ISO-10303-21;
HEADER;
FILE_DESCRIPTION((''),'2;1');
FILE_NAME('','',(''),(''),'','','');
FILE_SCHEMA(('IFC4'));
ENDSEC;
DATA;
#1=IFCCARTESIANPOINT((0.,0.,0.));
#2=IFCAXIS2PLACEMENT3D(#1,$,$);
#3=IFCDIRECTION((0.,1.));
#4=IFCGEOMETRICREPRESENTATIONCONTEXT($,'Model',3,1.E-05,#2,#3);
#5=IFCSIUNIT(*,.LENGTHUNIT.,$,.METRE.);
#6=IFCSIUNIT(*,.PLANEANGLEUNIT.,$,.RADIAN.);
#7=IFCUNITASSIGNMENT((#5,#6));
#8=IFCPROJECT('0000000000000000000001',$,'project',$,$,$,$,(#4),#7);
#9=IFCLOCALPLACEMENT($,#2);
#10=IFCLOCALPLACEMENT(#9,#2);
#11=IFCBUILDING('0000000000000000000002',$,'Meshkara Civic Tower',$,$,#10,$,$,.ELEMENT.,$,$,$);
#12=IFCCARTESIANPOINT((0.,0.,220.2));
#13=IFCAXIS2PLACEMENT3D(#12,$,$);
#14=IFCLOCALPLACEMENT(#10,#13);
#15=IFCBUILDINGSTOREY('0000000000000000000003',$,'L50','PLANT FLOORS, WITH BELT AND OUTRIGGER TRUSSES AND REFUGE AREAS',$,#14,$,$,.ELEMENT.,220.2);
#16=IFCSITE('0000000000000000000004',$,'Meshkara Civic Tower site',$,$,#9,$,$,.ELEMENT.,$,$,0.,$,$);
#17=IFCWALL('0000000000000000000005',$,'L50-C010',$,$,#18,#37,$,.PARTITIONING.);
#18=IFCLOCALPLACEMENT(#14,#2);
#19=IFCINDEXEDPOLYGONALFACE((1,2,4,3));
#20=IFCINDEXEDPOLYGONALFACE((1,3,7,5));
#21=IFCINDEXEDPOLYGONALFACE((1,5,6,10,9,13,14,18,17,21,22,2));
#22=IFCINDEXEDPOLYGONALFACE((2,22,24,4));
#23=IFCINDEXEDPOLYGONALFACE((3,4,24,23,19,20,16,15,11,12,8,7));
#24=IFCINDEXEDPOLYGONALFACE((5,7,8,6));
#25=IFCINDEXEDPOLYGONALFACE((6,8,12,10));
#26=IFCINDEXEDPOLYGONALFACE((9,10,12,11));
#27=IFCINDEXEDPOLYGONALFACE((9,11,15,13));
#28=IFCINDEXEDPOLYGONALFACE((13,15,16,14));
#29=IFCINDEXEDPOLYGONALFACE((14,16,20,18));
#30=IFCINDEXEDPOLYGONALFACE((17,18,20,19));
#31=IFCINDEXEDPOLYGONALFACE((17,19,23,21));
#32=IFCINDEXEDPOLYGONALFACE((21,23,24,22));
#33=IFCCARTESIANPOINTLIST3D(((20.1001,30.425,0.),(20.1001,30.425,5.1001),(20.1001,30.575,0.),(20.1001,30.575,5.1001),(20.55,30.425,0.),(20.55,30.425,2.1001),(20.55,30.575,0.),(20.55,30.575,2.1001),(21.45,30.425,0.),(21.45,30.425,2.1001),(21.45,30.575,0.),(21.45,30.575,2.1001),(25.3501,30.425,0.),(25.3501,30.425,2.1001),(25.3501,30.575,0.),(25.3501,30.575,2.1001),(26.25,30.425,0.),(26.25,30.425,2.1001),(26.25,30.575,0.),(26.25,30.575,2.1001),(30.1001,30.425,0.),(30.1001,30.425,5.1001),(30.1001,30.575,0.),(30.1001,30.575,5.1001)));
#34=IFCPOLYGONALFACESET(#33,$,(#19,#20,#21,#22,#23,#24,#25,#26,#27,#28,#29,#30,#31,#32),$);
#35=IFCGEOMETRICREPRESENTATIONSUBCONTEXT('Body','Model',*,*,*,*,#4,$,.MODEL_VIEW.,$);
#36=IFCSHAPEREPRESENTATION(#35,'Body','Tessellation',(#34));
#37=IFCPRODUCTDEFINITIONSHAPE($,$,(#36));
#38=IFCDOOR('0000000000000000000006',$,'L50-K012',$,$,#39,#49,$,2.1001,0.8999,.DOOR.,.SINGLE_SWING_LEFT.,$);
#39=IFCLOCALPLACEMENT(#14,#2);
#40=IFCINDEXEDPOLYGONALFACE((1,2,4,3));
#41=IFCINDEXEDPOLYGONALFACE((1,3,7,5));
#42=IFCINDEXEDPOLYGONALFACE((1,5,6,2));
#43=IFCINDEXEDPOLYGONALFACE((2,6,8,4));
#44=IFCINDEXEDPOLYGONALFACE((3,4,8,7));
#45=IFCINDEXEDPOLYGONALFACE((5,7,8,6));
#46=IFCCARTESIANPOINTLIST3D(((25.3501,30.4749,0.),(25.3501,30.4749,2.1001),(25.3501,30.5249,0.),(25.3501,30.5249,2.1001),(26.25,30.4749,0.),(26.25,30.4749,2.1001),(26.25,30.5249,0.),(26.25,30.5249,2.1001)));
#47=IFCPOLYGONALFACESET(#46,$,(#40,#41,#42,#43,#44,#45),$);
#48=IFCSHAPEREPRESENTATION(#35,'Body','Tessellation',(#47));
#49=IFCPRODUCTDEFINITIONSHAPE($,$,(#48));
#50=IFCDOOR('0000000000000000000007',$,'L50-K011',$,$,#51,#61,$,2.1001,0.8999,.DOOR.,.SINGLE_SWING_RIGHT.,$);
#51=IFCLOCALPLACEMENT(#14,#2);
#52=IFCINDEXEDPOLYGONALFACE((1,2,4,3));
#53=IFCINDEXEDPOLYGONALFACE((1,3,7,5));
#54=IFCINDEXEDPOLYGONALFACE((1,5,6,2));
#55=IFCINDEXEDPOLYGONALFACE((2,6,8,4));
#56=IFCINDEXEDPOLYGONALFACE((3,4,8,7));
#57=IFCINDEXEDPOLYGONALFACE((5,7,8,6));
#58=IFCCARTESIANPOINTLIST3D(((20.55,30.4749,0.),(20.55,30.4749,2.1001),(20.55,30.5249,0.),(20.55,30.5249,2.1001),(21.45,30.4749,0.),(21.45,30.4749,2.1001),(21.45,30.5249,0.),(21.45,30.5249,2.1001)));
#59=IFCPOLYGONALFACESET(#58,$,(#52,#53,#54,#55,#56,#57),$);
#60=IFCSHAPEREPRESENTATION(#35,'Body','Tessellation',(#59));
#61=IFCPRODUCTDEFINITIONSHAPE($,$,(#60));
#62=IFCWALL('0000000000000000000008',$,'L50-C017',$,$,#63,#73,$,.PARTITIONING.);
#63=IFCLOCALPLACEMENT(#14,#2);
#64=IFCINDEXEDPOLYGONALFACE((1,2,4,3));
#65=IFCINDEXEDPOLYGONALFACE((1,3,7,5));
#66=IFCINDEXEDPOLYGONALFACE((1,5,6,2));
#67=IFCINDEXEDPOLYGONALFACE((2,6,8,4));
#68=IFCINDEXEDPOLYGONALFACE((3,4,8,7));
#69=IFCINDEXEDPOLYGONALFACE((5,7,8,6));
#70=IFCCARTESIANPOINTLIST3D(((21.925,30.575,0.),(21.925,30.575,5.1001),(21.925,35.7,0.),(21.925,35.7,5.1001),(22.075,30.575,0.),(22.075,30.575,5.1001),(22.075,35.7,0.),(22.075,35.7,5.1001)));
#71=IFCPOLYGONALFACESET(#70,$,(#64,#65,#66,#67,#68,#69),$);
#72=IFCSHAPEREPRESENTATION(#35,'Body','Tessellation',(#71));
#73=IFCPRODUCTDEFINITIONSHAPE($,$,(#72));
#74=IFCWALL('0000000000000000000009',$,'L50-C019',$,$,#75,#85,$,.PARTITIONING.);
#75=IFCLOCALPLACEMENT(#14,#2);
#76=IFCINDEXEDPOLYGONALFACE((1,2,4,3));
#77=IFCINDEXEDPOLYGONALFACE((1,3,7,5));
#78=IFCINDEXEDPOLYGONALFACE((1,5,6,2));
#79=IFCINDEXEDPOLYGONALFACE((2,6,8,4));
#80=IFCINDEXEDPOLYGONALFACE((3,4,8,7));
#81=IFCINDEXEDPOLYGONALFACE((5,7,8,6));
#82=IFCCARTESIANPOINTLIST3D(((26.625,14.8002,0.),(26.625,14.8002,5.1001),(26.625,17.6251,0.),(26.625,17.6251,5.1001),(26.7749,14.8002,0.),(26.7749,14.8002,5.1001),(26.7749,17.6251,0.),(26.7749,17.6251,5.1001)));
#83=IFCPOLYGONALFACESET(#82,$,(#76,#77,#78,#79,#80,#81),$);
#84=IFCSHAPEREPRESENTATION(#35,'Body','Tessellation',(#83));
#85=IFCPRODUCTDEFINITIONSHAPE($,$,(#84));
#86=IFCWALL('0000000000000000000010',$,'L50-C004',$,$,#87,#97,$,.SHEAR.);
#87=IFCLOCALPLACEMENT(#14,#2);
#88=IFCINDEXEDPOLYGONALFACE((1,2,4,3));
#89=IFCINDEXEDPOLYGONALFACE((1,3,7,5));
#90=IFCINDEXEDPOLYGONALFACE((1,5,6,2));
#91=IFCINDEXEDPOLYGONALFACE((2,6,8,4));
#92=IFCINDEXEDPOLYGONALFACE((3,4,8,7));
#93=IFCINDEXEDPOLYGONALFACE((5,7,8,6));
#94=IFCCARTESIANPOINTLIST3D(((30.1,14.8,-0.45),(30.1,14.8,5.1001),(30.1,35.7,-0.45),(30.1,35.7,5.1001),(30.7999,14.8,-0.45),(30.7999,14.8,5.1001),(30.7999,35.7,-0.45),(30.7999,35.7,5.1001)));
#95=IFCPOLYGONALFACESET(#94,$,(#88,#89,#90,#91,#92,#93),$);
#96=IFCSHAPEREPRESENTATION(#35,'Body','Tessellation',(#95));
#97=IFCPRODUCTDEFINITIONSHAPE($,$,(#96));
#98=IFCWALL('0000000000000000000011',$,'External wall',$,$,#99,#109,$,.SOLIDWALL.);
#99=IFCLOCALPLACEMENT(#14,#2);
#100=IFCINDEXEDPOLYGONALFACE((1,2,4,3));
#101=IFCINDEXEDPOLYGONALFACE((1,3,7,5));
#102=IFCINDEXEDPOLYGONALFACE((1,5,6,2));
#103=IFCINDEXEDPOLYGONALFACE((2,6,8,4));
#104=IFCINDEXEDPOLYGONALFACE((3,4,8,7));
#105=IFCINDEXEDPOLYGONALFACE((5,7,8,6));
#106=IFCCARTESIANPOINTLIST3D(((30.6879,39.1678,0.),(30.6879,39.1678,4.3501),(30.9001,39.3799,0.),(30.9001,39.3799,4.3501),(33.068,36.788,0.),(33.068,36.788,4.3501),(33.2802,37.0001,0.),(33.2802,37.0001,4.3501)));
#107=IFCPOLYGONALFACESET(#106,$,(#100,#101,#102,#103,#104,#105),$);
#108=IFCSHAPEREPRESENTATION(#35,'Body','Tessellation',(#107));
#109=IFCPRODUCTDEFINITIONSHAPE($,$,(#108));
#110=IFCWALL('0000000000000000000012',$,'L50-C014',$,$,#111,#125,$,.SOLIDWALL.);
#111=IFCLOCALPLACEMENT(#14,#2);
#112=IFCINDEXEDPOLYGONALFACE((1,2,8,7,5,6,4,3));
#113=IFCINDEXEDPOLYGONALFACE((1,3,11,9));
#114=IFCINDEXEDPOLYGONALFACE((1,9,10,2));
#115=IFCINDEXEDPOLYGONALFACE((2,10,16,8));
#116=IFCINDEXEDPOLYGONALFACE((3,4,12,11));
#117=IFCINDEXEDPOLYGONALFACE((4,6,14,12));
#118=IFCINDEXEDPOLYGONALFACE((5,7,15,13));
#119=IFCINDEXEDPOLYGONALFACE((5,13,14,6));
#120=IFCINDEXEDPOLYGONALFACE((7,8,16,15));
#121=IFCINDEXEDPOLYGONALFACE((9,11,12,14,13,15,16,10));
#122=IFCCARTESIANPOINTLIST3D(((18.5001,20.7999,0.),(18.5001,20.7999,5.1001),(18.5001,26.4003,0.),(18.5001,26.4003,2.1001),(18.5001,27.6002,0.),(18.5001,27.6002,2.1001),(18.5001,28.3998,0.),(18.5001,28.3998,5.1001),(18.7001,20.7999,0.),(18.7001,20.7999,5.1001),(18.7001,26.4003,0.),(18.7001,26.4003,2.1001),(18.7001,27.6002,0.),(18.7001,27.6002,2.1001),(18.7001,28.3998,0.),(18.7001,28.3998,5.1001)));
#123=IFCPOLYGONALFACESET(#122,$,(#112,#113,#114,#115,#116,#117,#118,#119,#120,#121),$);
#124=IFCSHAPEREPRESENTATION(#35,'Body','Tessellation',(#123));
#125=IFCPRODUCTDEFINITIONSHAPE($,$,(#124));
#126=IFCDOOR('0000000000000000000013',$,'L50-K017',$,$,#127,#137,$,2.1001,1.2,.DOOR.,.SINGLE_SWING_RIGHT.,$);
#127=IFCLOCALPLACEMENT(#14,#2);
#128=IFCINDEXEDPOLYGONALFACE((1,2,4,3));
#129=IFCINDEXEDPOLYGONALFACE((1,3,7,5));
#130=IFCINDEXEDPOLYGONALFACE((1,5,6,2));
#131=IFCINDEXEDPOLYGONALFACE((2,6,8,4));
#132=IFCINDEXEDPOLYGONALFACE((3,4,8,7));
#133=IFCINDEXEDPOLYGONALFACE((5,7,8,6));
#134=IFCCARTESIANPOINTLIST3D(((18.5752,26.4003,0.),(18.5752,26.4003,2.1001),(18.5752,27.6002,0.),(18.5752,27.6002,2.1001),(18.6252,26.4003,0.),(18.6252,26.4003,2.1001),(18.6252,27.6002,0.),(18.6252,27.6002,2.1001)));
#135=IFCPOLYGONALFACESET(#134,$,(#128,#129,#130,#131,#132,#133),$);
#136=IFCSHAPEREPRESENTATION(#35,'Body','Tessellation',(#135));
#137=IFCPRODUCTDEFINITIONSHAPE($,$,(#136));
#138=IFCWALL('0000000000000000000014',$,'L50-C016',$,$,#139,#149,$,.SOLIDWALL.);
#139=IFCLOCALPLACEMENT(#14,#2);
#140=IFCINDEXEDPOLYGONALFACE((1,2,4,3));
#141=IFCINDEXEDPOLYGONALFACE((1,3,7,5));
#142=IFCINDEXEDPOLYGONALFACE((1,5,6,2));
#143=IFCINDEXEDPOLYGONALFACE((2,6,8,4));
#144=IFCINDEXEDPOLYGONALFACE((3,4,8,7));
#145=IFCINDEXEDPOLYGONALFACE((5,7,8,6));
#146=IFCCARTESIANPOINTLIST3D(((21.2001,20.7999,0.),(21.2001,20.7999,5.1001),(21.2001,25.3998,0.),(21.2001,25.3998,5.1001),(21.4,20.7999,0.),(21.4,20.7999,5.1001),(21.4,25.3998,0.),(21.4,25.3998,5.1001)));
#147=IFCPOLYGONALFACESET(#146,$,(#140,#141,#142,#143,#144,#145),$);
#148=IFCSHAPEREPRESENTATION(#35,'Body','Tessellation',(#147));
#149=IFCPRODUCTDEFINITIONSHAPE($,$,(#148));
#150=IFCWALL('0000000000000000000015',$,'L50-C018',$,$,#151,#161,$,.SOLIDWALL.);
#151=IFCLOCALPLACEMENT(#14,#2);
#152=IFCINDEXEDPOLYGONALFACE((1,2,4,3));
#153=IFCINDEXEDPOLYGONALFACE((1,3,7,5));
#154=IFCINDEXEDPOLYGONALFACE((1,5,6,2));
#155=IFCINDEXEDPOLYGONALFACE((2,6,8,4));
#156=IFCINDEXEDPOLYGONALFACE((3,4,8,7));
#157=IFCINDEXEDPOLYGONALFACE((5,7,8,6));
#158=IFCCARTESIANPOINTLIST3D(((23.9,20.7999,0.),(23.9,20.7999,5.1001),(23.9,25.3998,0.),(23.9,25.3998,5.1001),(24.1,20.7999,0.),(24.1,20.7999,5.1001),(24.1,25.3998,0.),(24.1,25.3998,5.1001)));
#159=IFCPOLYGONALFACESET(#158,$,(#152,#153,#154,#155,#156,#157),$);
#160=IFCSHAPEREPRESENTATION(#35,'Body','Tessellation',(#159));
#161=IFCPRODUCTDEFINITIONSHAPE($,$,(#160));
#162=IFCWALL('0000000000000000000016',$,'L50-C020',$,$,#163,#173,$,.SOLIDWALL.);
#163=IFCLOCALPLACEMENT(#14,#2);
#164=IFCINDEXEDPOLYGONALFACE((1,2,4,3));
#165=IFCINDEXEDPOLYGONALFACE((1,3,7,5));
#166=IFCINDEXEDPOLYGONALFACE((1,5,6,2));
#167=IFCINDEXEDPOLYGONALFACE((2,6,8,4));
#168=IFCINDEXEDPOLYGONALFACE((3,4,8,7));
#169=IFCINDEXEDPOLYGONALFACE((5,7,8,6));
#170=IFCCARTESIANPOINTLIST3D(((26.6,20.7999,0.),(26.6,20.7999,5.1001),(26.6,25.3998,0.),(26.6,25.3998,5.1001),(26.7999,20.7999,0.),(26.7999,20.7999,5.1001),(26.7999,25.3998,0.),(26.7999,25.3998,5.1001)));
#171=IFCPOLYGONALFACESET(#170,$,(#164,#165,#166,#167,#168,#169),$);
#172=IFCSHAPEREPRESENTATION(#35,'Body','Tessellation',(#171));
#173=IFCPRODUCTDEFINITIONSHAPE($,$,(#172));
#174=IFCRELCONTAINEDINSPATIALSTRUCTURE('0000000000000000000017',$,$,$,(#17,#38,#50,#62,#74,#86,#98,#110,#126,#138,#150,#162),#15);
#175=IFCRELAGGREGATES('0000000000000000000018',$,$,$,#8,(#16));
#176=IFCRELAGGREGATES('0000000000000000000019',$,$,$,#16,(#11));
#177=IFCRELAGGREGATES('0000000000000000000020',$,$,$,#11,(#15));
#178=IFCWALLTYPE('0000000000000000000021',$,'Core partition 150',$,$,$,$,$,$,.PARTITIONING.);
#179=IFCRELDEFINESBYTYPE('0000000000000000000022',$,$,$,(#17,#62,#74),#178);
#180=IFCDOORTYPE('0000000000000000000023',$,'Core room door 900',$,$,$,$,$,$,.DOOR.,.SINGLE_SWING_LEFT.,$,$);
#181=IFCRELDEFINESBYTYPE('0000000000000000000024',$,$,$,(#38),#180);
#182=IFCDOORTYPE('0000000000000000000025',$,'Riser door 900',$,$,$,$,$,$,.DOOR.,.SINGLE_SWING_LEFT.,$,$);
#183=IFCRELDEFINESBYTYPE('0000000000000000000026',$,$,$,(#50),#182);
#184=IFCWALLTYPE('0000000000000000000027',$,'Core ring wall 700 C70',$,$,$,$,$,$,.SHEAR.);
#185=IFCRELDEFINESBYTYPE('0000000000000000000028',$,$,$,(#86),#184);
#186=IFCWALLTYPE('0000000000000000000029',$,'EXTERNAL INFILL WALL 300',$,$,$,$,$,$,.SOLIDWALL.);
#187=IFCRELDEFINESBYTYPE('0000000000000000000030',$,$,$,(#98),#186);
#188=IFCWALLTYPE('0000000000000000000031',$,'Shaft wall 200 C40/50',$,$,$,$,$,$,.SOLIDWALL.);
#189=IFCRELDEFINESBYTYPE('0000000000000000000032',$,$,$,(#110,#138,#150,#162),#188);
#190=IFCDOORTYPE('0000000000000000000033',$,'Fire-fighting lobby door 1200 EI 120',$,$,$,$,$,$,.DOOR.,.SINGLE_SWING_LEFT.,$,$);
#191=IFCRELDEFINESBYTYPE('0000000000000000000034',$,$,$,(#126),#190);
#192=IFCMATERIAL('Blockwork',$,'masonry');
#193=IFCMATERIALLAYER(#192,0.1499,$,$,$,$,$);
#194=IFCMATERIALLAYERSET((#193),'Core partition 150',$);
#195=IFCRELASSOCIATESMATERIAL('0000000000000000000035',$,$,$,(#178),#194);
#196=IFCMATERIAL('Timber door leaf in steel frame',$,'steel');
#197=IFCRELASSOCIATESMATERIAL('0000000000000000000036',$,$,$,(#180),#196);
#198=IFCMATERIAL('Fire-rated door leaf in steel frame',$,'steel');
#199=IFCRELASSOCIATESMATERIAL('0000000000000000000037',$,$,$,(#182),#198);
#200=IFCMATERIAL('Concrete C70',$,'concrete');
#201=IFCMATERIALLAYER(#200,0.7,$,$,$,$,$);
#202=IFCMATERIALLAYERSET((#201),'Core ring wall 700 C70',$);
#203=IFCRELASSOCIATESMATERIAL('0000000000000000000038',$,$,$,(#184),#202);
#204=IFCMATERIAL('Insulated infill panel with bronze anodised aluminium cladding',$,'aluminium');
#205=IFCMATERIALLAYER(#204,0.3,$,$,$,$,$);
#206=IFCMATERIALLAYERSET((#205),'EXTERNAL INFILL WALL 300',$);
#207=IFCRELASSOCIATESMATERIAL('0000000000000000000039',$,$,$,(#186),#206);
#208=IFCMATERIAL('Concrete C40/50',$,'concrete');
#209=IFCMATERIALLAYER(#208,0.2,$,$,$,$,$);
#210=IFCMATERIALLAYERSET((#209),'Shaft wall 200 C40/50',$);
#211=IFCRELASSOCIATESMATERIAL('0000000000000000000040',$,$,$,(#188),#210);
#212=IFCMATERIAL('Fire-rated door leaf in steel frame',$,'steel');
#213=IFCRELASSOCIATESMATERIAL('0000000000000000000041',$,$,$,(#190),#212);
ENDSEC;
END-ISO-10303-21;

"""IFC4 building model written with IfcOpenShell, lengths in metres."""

from ifc_helpers import new_model, si_unit, direction, frame, frame_2d, origin, place, context, subcontext, project, spatial, rectangle, extrude, material, layer, layer_set, type_object, element, fill, save


model = new_model("IFC4")

# Units and contexts
model_context = context("Model", 3, precision=1e-05, world=origin(), true_north=direction((0.0, 1.0)))
body_context = subcontext(model_context, "Body", "Model", "MODEL_VIEW")
ifc_project = project(units=[si_unit("LENGTHUNIT", "METRE"), si_unit("PLANEANGLEUNIT", "RADIAN")], contexts=[model_context])

# Site, building, storey
site_placement = place(None, origin())
site = spatial("IfcSite", under=ifc_project, at=site_placement, Name="Meshkara Civic Tower site", CompositionType="ELEMENT", RefElevation=0.0)
building_placement = place(site_placement, origin())
building = spatial("IfcBuilding", under=site, at=building_placement, Name="Meshkara Civic Tower", CompositionType="ELEMENT")
storey_placement = place(building_placement, frame((0.0, 0.0, 220.2)))
storey = spatial("IfcBuildingStorey", under=building, at=storey_placement, Name="L50", Description="PLANT FLOORS, WITH BELT AND OUTRIGGER TRUSSES AND REFUGE AREAS", CompositionType="ELEMENT", Elevation=220.2)

# Wall, openings, doors
ifc_material_1 = material(Name="Blockwork", Category="masonry")
ifc_layer_1 = layer(ifc_material_1, 0.1499)
ifc_layer_set_1 = layer_set([ifc_layer_1], Name="Core partition 150")
wall_type_1 = type_object("IfcWallType", Name="Core partition 150", PredefinedType="PARTITIONING", material=ifc_layer_set_1)
wall_1_placement = place(storey_placement, frame((20.1001, 30.5, 0.0), z_axis=(0.0, 0.0, 1.0), x_axis=(1.0, 0.0, 0.0)))
wall_1 = element("IfcWall", 1, at=wall_1_placement, inside=storey, type_object=wall_type_1, Name="L50-C010", PredefinedType="PARTITIONING", context=body_context, shape_type="SweptSolid", body=[
    extrude(rectangle(XDim=10.0, YDim=0.1499, at=frame_2d((5.0, 0.0))), origin(), (0.0, 0.0, 1.0), 5.1001),
])
opening_1_placement = place(wall_1_placement, frame((0.45, 0.0, 0.0)))
opening_1 = element("IfcOpeningElement", 2, at=opening_1_placement, cuts=wall_1, PredefinedType="OPENING", context=body_context, shape_type="SweptSolid", body=[
    extrude(rectangle(XDim=0.8999, YDim=2.1001, at=frame_2d((0.45, 1.05))), frame((0.0, 0.085, 0.0), z_axis=(0.0, -1.0, 0.0), x_axis=(1.0, 0.0, 0.0)), (0.0, 0.0, 1.0), 0.1699),
])
opening_2_placement = place(wall_1_placement, frame((5.25, 0.0, 0.0)))
opening_2 = element("IfcOpeningElement", 3, at=opening_2_placement, cuts=wall_1, PredefinedType="OPENING", context=body_context, shape_type="SweptSolid", body=[
    extrude(rectangle(XDim=0.8999, YDim=2.1001, at=frame_2d((0.45, 1.05))), frame((0.0, 0.085, 0.0), z_axis=(0.0, -1.0, 0.0), x_axis=(1.0, 0.0, 0.0)), (0.0, 0.0, 1.0), 0.1699),
])
ifc_material_2 = material(Name="Timber door leaf in steel frame", Category="steel")
door_type_1 = type_object("IfcDoorType", Name="Core room door 900", OperationType="SINGLE_SWING_LEFT", PredefinedType="DOOR", material=ifc_material_2)
door_1_placement = place(opening_2_placement, origin())
door_1 = element("IfcDoor", 4, at=door_1_placement, inside=storey, type_object=door_type_1, Name="L50-K012", OperationType="SINGLE_SWING_LEFT", OverallHeight=2.1001, OverallWidth=0.8999, PredefinedType="DOOR", context=body_context, shape_type="SweptSolid", body=[
    extrude(rectangle(XDim=0.8999, YDim=2.1001, at=frame_2d((0.45, 1.05))), frame((0.0, 0.0249, 0.0), z_axis=(0.0, -1.0, 0.0), x_axis=(1.0, 0.0, 0.0)), (0.0, 0.0, 1.0), 0.05),
])
fill(opening_2, door_1)
ifc_material_3 = material(Name="Fire-rated door leaf in steel frame", Category="steel")
door_type_2 = type_object("IfcDoorType", Name="Riser door 900", OperationType="SINGLE_SWING_LEFT", PredefinedType="DOOR", material=ifc_material_3)
door_2_placement = place(opening_1_placement, origin())
door_2 = element("IfcDoor", 5, at=door_2_placement, inside=storey, type_object=door_type_2, Name="L50-K011", OperationType="SINGLE_SWING_RIGHT", OverallHeight=2.1001, OverallWidth=0.8999, PredefinedType="DOOR", context=body_context, shape_type="SweptSolid", body=[
    extrude(rectangle(XDim=0.8999, YDim=2.1001, at=frame_2d((0.45, 1.05))), frame((0.0, 0.0249, 0.0), z_axis=(0.0, -1.0, 0.0), x_axis=(1.0, 0.0, 0.0)), (0.0, 0.0, 1.0), 0.05),
])
fill(opening_1, door_2)

# Walls
wall_2_placement = place(storey_placement, frame((22.0, 30.575, 0.0), z_axis=(0.0, 0.0, 1.0), x_axis=(0.0, 1.0, 0.0)))
element("IfcWall", 6, at=wall_2_placement, inside=storey, type_object=wall_type_1, Name="L50-C017", PredefinedType="PARTITIONING", context=body_context, shape_type="SweptSolid", body=[
    extrude(rectangle(XDim=5.125, YDim=0.1499, at=frame_2d((2.5625, 0.0))), origin(), (0.0, 0.0, 1.0), 5.1001),
])
wall_3_placement = place(storey_placement, frame((26.7, 14.8, 0.0), z_axis=(0.0, 0.0, 1.0), x_axis=(0.0, 1.0, 0.0)))
element("IfcWall", 7, at=wall_3_placement, inside=storey, type_object=wall_type_1, Name="L50-C019", PredefinedType="PARTITIONING", context=body_context, shape_type="SweptSolid", body=[
    extrude(rectangle(XDim=2.825, YDim=0.1499, at=frame_2d((1.4126, 0.0))), origin(), (0.0, 0.0, 1.0), 5.1001),
])
ifc_material_4 = material(Name="Concrete C70", Category="concrete")
ifc_layer_2 = layer(ifc_material_4, 0.7)
ifc_layer_set_2 = layer_set([ifc_layer_2], Name="Core ring wall 700 C70")
wall_type_2 = type_object("IfcWallType", Name="Core ring wall 700 C70", PredefinedType="SHEAR", material=ifc_layer_set_2)
wall_4_placement = place(storey_placement, frame((30.45, 14.8, -0.45), z_axis=(0.0, 0.0, 1.0), x_axis=(0.0, 1.0, 0.0)))
element("IfcWall", 8, at=wall_4_placement, inside=storey, type_object=wall_type_2, Name="L50-C004", PredefinedType="SHEAR", context=body_context, shape_type="SweptSolid", body=[
    extrude(rectangle(XDim=20.8999, YDim=0.7, at=frame_2d((10.45, 0.0))), origin(), (0.0, 0.0, 1.0), 5.55),
])
ifc_material_5 = material(Name="Insulated infill panel with bronze anodised aluminium cladding", Category="aluminium")
ifc_layer_3 = layer(ifc_material_5, 0.3)
ifc_layer_set_3 = layer_set([ifc_layer_3], Name="EXTERNAL INFILL WALL 300")
wall_type_3 = type_object("IfcWallType", Name="EXTERNAL INFILL WALL 300", PredefinedType="SOLIDWALL", material=ifc_layer_set_3)
wall_5_placement = place(storey_placement, frame((33.1741, 36.894, 0.0), z_axis=(0.0, 0.0, 1.0), x_axis=(-0.707143, 0.707071, 0.0)))
element("IfcWall", 9, at=wall_5_placement, inside=storey, type_object=wall_type_3, Name="External wall", PredefinedType="SOLIDWALL", context=body_context, shape_type="SweptSolid", body=[
    extrude(rectangle(XDim=3.3657, YDim=0.3, at=frame_2d((1.6829, 0.0))), origin(), (0.0, 0.0, 1.0), 4.3501),
])

# Wall, opening, door
ifc_material_6 = material(Name="Concrete C40/50", Category="concrete")
ifc_layer_4 = layer(ifc_material_6, 0.2)
ifc_layer_set_4 = layer_set([ifc_layer_4], Name="Shaft wall 200 C40/50")
wall_type_4 = type_object("IfcWallType", Name="Shaft wall 200 C40/50", PredefinedType="SOLIDWALL", material=ifc_layer_set_4)
wall_6_placement = place(storey_placement, frame((18.6001, 20.8, 0.0), z_axis=(0.0, 0.0, 1.0), x_axis=(0.0, 1.0, 0.0)))
wall_6 = element("IfcWall", 10, at=wall_6_placement, inside=storey, type_object=wall_type_4, Name="L50-C014", PredefinedType="SOLIDWALL", context=body_context, shape_type="SweptSolid", body=[
    extrude(rectangle(XDim=7.5999, YDim=0.2, at=frame_2d((3.7998, 0.0))), origin(), (0.0, 0.0, 1.0), 5.1001),
])
opening_3_placement = place(wall_6_placement, frame((5.6001, 0.0, 0.0)))
opening_3 = element("IfcOpeningElement", 11, at=opening_3_placement, cuts=wall_6, PredefinedType="OPENING", context=body_context, shape_type="SweptSolid", body=[
    extrude(rectangle(XDim=1.2, YDim=2.1001, at=frame_2d((0.6001, 1.05))), frame((0.0, 0.1099, 0.0), z_axis=(0.0, -1.0, 0.0), x_axis=(1.0, 0.0, 0.0)), (0.0, 0.0, 1.0), 0.22),
])
ifc_material_7 = material(Name="Fire-rated door leaf in steel frame", Category="steel")
door_type_3 = type_object("IfcDoorType", Name="Fire-fighting lobby door 1200 EI 120", OperationType="SINGLE_SWING_LEFT", PredefinedType="DOOR", material=ifc_material_7)
door_3_placement = place(opening_3_placement, origin())
door_3 = element("IfcDoor", 12, at=door_3_placement, inside=storey, type_object=door_type_3, Name="L50-K017", OperationType="SINGLE_SWING_RIGHT", OverallHeight=2.1001, OverallWidth=1.2, PredefinedType="DOOR", context=body_context, shape_type="SweptSolid", body=[
    extrude(rectangle(XDim=1.2, YDim=2.1001, at=frame_2d((0.6001, 1.05))), frame((0.0, 0.0249, 0.0), z_axis=(0.0, -1.0, 0.0), x_axis=(1.0, 0.0, 0.0)), (0.0, 0.0, 1.0), 0.05),
])
fill(opening_3, door_3)

# Walls
for number, where, z_axis, x_axis, name in (
    (13, (21.3, 20.8, 0.0), (0.0, 0.0, 1.0), (0.0, 1.0, 0.0), "L50-C016"),
    (14, (24.0, 20.8, 0.0), (0.0, 0.0, 1.0), (0.0, 1.0, 0.0), "L50-C018"),
    (15, (26.7, 20.8, 0.0), (0.0, 0.0, 1.0), (0.0, 1.0, 0.0), "L50-C020"),
):
    element("IfcWall", number, at=place(storey_placement, frame(where, z_axis=z_axis, x_axis=x_axis)), inside=storey, type_object=wall_type_4, Name=name, PredefinedType="SOLIDWALL", context=body_context, shape_type="SweptSolid", body=[
        extrude(rectangle(XDim=4.5999, YDim=0.2, at=frame_2d((2.2998, 0.0))), origin(), (0.0, 0.0, 1.0), 5.1001),
    ])

save(model, "model.ifc")
